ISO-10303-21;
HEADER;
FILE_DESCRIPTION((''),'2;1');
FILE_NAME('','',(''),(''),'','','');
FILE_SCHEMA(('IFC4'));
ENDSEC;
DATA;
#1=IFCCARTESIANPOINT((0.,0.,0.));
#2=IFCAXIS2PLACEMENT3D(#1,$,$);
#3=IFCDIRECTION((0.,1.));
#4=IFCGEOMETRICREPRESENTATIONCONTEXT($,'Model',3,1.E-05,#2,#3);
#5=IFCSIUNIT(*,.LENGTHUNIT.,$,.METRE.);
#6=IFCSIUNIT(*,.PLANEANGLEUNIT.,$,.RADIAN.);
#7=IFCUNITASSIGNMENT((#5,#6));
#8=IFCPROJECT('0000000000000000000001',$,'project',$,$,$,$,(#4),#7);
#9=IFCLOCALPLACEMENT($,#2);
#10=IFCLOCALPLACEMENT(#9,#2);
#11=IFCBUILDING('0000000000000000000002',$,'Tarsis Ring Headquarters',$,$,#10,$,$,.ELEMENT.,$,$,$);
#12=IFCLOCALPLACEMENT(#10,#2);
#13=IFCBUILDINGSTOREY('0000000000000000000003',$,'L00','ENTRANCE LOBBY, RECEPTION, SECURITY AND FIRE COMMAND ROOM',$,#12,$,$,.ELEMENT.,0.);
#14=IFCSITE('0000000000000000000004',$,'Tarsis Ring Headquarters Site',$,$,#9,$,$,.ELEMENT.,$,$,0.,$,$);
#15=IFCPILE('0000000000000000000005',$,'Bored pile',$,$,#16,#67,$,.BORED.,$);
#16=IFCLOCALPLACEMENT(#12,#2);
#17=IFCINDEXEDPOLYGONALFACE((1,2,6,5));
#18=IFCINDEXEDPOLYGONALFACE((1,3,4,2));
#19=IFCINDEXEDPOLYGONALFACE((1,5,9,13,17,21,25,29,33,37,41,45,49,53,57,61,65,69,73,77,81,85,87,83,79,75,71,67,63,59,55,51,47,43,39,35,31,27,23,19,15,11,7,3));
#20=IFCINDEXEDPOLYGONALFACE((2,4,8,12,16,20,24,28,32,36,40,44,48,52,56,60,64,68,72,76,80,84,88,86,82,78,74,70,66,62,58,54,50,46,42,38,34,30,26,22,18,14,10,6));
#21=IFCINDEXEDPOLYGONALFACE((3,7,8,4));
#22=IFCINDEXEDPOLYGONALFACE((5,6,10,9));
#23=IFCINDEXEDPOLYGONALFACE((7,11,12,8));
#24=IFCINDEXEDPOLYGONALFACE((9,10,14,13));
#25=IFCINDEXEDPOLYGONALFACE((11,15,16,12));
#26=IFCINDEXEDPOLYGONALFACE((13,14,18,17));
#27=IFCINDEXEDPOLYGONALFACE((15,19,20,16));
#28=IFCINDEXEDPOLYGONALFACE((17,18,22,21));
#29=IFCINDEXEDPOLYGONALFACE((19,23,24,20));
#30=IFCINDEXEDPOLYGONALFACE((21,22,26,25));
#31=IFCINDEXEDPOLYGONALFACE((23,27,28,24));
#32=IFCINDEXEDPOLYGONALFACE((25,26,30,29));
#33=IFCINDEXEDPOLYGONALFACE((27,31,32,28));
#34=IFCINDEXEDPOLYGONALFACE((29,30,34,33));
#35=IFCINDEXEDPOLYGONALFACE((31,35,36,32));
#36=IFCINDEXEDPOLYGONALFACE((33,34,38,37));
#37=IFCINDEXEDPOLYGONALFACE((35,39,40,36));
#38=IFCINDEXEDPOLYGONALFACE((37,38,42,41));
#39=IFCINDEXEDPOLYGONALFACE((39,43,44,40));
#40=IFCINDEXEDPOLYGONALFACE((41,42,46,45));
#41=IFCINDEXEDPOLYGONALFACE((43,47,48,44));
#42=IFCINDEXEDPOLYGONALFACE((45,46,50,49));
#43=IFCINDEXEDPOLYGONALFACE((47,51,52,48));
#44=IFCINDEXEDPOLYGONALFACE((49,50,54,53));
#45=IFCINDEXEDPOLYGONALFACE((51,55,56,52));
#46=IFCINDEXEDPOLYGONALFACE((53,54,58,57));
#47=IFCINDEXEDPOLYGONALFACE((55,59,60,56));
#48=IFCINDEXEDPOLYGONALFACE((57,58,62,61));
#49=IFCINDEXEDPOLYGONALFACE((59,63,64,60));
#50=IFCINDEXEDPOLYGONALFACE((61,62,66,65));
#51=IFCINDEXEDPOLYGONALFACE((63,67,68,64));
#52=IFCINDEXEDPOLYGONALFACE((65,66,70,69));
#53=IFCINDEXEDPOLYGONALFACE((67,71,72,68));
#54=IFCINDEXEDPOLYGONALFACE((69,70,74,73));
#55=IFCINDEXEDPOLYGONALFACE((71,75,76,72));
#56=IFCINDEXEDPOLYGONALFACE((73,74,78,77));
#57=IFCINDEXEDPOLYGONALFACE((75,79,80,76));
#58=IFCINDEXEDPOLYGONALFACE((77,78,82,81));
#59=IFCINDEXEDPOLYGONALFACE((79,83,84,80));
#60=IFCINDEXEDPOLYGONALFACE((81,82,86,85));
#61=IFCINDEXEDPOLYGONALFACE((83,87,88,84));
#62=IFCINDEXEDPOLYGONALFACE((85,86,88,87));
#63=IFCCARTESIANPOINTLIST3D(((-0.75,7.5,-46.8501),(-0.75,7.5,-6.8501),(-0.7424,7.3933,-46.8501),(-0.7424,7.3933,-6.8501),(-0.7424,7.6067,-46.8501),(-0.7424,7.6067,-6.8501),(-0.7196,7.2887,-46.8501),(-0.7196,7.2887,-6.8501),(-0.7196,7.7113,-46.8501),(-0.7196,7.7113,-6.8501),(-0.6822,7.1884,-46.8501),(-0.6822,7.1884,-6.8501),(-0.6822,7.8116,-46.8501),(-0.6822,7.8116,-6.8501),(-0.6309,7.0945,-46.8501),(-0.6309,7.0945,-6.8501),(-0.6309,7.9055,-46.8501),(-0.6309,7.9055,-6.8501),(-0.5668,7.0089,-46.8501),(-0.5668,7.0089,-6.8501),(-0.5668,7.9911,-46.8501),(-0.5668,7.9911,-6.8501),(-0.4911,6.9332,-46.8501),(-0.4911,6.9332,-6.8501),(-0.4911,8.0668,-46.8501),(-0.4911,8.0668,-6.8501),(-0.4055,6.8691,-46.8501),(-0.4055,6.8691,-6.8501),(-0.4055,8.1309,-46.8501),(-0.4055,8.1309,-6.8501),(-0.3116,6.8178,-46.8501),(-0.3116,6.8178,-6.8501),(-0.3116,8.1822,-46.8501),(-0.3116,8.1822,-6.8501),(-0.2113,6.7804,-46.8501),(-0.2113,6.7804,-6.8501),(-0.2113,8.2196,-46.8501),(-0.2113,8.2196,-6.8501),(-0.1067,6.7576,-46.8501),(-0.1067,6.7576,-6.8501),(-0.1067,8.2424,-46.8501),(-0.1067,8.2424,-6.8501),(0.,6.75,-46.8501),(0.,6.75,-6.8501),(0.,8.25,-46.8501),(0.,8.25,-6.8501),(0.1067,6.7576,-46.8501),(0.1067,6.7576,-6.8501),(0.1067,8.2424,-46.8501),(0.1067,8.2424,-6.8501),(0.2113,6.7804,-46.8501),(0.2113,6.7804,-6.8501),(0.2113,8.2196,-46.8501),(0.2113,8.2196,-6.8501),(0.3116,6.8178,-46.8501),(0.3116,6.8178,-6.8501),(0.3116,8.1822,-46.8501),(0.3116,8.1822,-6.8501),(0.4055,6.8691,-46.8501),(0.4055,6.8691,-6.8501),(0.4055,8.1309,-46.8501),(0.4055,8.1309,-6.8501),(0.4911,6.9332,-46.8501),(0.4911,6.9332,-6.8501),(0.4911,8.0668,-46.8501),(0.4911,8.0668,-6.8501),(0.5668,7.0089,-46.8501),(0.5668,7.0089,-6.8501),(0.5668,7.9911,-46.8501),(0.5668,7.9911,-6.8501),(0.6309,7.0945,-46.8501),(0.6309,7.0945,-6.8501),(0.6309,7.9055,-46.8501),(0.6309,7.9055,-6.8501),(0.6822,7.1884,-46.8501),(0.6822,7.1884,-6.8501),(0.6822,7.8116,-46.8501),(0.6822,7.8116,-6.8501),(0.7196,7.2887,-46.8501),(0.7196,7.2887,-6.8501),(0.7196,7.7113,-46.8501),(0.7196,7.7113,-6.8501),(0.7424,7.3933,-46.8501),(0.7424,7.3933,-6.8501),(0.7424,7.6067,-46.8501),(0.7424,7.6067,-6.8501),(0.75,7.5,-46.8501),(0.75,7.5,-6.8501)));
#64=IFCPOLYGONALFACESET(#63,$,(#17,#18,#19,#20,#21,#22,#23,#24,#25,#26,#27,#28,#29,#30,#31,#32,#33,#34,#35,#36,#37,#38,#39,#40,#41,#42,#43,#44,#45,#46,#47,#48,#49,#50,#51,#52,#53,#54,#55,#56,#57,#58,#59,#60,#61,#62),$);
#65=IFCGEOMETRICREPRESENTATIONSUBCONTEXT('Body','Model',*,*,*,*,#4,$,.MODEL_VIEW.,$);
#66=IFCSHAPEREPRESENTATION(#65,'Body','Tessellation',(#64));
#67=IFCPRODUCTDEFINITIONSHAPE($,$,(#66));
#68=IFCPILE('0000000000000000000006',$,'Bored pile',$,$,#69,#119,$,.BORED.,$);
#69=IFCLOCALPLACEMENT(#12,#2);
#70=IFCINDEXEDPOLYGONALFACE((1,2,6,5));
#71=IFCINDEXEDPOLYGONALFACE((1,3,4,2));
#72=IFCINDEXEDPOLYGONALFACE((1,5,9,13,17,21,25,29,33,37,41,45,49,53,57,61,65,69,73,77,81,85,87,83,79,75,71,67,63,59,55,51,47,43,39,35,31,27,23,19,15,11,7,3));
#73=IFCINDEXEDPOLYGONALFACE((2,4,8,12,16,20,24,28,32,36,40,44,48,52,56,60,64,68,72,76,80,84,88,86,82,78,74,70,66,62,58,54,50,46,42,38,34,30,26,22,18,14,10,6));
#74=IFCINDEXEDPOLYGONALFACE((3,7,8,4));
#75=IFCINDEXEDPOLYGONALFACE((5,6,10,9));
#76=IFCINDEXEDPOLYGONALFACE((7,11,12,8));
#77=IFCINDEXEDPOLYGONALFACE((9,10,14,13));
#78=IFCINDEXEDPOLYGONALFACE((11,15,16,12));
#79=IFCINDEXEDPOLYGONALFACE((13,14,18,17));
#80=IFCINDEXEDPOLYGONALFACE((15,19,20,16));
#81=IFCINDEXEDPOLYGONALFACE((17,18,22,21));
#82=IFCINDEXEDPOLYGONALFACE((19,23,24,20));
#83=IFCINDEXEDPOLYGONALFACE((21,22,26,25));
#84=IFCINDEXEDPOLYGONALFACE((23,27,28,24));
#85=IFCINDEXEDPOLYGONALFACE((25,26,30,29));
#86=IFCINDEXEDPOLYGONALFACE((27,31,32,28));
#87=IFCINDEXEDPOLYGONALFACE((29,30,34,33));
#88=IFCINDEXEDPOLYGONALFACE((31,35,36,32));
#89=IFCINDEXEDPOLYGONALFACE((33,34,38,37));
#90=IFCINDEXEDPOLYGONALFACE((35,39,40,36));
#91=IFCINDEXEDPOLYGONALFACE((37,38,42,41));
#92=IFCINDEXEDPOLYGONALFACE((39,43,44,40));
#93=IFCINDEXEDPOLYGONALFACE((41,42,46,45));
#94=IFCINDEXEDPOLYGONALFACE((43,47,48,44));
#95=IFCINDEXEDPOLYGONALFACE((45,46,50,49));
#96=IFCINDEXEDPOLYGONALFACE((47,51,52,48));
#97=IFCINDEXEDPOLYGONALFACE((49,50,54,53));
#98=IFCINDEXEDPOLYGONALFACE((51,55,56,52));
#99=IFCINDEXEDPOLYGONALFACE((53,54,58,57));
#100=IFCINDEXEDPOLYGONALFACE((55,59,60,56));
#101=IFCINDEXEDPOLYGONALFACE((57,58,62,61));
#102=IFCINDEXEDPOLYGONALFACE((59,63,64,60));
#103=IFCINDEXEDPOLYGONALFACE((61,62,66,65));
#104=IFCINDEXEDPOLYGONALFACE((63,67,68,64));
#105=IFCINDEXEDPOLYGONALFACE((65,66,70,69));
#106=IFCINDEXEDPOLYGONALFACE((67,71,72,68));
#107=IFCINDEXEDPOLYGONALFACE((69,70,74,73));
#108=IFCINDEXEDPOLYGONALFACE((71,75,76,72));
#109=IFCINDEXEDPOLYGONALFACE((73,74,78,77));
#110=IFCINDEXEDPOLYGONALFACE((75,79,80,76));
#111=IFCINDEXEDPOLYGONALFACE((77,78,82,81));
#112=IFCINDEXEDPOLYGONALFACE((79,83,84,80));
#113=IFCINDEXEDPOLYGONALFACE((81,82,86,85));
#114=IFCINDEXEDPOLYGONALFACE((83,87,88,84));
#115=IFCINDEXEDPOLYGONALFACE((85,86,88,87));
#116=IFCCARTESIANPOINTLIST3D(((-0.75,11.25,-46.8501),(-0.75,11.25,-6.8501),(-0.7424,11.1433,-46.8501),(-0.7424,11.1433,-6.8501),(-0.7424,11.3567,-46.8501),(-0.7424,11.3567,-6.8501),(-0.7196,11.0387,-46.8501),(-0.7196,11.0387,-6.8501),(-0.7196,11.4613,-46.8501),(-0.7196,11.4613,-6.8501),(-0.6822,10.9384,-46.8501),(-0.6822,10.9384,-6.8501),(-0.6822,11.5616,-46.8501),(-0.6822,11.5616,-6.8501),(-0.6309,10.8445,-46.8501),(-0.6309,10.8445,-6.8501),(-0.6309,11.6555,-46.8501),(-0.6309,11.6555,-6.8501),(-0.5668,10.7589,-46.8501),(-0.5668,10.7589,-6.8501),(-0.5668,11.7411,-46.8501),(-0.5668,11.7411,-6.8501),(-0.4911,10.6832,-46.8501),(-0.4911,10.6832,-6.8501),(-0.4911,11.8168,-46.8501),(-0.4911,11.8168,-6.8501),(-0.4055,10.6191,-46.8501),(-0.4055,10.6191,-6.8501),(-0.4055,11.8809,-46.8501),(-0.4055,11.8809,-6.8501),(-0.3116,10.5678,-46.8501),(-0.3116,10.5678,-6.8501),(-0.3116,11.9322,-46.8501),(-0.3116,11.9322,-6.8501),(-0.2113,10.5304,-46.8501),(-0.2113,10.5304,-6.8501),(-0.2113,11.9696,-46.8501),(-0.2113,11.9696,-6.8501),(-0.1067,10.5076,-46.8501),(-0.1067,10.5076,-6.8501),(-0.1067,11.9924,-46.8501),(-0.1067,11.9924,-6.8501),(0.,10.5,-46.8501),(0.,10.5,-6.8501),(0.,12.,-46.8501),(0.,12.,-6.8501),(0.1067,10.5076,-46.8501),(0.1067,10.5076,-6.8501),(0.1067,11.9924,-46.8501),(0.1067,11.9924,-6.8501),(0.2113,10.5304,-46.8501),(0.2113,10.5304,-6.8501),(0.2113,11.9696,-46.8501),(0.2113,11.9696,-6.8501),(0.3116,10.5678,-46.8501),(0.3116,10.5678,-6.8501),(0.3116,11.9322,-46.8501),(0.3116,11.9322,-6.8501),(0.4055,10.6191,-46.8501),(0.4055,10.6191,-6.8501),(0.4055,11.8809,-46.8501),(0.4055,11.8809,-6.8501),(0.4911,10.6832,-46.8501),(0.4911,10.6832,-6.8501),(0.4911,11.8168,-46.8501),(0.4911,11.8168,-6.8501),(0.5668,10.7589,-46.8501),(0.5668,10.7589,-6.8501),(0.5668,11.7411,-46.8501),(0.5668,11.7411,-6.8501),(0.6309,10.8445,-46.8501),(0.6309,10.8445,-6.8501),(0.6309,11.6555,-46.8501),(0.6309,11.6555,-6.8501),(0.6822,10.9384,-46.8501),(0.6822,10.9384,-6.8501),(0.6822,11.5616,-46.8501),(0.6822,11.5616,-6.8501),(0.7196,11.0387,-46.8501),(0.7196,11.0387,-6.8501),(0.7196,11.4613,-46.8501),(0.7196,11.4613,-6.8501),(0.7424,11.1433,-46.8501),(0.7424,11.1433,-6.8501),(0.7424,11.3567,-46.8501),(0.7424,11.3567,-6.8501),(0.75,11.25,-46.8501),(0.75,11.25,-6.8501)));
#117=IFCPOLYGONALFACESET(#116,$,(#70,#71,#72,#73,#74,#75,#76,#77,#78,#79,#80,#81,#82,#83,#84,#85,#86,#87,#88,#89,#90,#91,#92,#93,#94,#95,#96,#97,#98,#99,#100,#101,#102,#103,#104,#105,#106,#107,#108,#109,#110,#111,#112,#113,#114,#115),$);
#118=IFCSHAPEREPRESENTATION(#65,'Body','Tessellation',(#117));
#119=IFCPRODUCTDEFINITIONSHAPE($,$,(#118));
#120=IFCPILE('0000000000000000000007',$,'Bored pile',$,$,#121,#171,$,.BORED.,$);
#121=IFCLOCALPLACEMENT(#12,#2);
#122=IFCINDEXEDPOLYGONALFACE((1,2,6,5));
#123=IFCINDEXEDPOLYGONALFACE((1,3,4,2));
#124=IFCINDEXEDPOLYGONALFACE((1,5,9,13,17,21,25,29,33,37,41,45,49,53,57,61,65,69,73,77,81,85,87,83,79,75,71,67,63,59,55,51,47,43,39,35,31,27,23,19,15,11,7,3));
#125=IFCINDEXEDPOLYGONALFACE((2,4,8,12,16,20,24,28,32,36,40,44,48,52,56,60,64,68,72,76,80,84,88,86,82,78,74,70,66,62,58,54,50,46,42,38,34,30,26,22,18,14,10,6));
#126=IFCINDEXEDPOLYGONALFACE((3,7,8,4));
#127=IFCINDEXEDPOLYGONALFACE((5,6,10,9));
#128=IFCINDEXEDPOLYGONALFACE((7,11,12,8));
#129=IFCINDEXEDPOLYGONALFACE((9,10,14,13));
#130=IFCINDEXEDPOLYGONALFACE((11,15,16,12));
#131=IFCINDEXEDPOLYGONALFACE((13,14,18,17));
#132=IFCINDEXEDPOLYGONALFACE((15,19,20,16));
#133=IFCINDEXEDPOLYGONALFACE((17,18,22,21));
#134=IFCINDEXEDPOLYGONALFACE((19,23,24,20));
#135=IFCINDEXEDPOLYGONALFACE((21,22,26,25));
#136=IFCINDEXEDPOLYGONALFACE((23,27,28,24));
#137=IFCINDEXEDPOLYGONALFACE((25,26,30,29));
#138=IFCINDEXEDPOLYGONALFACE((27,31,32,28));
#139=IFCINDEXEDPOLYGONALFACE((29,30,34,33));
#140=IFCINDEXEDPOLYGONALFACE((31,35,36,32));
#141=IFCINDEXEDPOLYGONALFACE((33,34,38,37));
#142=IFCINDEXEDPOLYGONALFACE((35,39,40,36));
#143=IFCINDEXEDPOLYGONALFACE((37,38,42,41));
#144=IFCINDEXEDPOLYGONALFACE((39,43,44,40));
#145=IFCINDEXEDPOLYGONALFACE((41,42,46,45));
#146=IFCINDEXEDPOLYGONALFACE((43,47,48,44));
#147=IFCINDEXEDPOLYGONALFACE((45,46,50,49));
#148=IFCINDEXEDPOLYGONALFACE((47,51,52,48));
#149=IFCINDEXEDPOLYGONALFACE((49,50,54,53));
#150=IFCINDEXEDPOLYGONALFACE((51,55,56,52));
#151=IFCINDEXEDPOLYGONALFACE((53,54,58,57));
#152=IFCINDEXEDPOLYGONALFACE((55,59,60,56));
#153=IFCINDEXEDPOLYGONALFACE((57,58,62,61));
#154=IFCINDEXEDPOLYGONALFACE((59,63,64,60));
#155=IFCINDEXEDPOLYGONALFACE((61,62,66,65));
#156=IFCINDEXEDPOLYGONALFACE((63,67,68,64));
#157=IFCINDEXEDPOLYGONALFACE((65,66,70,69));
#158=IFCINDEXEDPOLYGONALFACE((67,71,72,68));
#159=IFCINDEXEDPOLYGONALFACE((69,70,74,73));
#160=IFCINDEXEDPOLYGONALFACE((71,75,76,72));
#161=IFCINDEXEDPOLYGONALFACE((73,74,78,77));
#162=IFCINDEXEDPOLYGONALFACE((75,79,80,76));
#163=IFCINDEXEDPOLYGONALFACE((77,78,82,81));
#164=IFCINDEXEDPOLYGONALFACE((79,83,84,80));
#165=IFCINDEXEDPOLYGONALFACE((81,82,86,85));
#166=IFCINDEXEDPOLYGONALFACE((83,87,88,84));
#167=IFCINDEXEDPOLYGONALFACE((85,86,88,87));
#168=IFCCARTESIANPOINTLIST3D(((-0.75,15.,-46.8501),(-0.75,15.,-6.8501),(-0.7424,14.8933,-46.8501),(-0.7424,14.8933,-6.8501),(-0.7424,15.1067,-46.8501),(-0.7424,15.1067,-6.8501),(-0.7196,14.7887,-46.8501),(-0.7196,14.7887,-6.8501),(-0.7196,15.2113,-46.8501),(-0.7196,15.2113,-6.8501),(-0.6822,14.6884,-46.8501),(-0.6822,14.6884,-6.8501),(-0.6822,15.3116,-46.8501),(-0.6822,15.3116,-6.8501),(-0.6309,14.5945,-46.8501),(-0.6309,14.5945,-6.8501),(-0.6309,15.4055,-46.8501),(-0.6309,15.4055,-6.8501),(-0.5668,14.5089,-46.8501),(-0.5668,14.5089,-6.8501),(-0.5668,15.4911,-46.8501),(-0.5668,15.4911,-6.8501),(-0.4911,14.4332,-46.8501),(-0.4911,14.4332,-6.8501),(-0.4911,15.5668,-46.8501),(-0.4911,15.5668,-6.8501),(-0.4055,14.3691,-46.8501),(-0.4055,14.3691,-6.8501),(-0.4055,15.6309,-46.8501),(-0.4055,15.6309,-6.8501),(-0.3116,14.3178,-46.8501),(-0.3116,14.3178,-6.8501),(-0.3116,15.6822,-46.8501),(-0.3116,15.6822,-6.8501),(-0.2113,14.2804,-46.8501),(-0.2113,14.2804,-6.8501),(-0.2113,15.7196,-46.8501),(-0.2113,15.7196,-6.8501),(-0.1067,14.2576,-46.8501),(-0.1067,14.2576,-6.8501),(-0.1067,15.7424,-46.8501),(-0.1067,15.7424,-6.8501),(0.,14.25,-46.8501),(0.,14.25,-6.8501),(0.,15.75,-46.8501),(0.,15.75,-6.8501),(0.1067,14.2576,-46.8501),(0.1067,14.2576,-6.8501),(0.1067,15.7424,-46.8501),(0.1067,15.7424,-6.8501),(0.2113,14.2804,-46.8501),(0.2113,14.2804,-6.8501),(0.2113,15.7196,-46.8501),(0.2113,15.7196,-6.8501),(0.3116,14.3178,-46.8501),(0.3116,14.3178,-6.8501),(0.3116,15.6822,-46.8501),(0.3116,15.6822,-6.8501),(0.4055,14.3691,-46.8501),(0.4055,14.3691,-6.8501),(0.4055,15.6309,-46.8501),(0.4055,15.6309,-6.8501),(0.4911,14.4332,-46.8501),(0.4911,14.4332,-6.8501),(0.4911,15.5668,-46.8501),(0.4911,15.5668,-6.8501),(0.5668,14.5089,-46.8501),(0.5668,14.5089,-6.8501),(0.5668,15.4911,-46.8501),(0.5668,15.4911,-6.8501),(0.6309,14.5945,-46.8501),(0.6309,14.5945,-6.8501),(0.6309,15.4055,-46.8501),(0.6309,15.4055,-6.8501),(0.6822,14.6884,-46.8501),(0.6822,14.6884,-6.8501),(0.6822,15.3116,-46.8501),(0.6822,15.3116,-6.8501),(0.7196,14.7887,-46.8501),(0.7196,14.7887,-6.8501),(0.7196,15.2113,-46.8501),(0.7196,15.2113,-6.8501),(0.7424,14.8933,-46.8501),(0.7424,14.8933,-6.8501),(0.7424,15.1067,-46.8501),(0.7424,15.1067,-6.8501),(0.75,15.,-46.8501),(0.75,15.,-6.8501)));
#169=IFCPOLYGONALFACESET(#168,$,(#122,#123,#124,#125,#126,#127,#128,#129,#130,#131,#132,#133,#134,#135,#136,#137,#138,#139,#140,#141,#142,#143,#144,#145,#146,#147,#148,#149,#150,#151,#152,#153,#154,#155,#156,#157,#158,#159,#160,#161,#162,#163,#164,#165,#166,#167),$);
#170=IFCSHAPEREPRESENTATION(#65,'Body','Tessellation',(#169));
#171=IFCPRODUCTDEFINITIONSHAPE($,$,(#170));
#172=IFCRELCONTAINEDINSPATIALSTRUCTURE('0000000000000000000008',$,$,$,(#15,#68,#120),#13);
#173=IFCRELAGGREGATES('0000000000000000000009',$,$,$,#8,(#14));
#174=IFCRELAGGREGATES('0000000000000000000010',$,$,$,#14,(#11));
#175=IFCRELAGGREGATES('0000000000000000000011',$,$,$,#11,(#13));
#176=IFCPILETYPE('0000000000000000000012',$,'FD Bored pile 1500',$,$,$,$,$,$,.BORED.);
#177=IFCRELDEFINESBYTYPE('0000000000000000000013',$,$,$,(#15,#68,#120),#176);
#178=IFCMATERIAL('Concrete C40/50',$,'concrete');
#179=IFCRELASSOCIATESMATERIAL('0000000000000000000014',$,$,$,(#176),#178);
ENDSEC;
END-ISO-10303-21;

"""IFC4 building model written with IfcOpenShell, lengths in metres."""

from ifc_helpers import new_model, si_unit, direction, frame, origin, origin_2d, place, context, subcontext, project, spatial, circle, extrude, material, material_profile, profile_set, type_object, element, save


model = new_model("IFC4")

# Units and contexts
model_context = context("Model", 3, precision=1e-05, world=origin(), true_north=direction((0.0, 1.0)))
body_context = subcontext(model_context, "Body", "Model", "MODEL_VIEW")
ifc_project = project(units=[si_unit("LENGTHUNIT", "METRE"), si_unit("PLANEANGLEUNIT", "RADIAN")], contexts=[model_context])

# Site, building, storey
site_placement = place(None, origin())
site = spatial("IfcSite", under=ifc_project, at=site_placement, Name="Tarsis Ring Headquarters Site", CompositionType="ELEMENT", RefElevation=0.0)
building_placement = place(site_placement, origin())
building = spatial("IfcBuilding", under=site, at=building_placement, Name="Tarsis Ring Headquarters", CompositionType="ELEMENT")
storey_placement = place(building_placement, origin())
storey = spatial("IfcBuildingStorey", under=building, at=storey_placement, Name="L00", Description="ENTRANCE LOBBY, RECEPTION, SECURITY AND FIRE COMMAND ROOM", CompositionType="ELEMENT", Elevation=0.0)

# Piles
ifc_material_1 = material(Name="Concrete C40/50", Category="concrete")
ifc_material_profile_1 = material_profile(ifc_material_1, circle(Radius=0.75, at=origin_2d()), Name="BORED 1500")
ifc_profile_set_1 = profile_set([ifc_material_profile_1], Name="Concrete C40/50")
pile_type = type_object("IfcPileType", Name="FD Bored pile 1500", PredefinedType="BORED", material=ifc_profile_set_1)
for number, where, z_axis, x_axis, name in (
    (1, (0.0, 7.5, -6.8501), (0.0, 0.0, -1.0), (1.0, 0.0, 0.0), "Bored pile"),
    (2, (0.0, 11.25, -6.8501), (0.0, 0.0, -1.0), (1.0, 0.0, 0.0), "Bored pile"),
    (3, (0.0, 15.0, -6.8501), (0.0, 0.0, -1.0), (1.0, 0.0, 0.0), "Bored pile"),
):
    element("IfcPile", number, at=place(storey_placement, frame(where, z_axis=z_axis, x_axis=x_axis)), inside=storey, type_object=pile_type, Name=name, PredefinedType="BORED", context=body_context, shape_type="SweptSolid", body=[
        extrude(circle(Radius=0.75, at=origin_2d()), origin(), (0.0, 0.0, 1.0), 40.0),
    ])

save(model, "model.ifc")
